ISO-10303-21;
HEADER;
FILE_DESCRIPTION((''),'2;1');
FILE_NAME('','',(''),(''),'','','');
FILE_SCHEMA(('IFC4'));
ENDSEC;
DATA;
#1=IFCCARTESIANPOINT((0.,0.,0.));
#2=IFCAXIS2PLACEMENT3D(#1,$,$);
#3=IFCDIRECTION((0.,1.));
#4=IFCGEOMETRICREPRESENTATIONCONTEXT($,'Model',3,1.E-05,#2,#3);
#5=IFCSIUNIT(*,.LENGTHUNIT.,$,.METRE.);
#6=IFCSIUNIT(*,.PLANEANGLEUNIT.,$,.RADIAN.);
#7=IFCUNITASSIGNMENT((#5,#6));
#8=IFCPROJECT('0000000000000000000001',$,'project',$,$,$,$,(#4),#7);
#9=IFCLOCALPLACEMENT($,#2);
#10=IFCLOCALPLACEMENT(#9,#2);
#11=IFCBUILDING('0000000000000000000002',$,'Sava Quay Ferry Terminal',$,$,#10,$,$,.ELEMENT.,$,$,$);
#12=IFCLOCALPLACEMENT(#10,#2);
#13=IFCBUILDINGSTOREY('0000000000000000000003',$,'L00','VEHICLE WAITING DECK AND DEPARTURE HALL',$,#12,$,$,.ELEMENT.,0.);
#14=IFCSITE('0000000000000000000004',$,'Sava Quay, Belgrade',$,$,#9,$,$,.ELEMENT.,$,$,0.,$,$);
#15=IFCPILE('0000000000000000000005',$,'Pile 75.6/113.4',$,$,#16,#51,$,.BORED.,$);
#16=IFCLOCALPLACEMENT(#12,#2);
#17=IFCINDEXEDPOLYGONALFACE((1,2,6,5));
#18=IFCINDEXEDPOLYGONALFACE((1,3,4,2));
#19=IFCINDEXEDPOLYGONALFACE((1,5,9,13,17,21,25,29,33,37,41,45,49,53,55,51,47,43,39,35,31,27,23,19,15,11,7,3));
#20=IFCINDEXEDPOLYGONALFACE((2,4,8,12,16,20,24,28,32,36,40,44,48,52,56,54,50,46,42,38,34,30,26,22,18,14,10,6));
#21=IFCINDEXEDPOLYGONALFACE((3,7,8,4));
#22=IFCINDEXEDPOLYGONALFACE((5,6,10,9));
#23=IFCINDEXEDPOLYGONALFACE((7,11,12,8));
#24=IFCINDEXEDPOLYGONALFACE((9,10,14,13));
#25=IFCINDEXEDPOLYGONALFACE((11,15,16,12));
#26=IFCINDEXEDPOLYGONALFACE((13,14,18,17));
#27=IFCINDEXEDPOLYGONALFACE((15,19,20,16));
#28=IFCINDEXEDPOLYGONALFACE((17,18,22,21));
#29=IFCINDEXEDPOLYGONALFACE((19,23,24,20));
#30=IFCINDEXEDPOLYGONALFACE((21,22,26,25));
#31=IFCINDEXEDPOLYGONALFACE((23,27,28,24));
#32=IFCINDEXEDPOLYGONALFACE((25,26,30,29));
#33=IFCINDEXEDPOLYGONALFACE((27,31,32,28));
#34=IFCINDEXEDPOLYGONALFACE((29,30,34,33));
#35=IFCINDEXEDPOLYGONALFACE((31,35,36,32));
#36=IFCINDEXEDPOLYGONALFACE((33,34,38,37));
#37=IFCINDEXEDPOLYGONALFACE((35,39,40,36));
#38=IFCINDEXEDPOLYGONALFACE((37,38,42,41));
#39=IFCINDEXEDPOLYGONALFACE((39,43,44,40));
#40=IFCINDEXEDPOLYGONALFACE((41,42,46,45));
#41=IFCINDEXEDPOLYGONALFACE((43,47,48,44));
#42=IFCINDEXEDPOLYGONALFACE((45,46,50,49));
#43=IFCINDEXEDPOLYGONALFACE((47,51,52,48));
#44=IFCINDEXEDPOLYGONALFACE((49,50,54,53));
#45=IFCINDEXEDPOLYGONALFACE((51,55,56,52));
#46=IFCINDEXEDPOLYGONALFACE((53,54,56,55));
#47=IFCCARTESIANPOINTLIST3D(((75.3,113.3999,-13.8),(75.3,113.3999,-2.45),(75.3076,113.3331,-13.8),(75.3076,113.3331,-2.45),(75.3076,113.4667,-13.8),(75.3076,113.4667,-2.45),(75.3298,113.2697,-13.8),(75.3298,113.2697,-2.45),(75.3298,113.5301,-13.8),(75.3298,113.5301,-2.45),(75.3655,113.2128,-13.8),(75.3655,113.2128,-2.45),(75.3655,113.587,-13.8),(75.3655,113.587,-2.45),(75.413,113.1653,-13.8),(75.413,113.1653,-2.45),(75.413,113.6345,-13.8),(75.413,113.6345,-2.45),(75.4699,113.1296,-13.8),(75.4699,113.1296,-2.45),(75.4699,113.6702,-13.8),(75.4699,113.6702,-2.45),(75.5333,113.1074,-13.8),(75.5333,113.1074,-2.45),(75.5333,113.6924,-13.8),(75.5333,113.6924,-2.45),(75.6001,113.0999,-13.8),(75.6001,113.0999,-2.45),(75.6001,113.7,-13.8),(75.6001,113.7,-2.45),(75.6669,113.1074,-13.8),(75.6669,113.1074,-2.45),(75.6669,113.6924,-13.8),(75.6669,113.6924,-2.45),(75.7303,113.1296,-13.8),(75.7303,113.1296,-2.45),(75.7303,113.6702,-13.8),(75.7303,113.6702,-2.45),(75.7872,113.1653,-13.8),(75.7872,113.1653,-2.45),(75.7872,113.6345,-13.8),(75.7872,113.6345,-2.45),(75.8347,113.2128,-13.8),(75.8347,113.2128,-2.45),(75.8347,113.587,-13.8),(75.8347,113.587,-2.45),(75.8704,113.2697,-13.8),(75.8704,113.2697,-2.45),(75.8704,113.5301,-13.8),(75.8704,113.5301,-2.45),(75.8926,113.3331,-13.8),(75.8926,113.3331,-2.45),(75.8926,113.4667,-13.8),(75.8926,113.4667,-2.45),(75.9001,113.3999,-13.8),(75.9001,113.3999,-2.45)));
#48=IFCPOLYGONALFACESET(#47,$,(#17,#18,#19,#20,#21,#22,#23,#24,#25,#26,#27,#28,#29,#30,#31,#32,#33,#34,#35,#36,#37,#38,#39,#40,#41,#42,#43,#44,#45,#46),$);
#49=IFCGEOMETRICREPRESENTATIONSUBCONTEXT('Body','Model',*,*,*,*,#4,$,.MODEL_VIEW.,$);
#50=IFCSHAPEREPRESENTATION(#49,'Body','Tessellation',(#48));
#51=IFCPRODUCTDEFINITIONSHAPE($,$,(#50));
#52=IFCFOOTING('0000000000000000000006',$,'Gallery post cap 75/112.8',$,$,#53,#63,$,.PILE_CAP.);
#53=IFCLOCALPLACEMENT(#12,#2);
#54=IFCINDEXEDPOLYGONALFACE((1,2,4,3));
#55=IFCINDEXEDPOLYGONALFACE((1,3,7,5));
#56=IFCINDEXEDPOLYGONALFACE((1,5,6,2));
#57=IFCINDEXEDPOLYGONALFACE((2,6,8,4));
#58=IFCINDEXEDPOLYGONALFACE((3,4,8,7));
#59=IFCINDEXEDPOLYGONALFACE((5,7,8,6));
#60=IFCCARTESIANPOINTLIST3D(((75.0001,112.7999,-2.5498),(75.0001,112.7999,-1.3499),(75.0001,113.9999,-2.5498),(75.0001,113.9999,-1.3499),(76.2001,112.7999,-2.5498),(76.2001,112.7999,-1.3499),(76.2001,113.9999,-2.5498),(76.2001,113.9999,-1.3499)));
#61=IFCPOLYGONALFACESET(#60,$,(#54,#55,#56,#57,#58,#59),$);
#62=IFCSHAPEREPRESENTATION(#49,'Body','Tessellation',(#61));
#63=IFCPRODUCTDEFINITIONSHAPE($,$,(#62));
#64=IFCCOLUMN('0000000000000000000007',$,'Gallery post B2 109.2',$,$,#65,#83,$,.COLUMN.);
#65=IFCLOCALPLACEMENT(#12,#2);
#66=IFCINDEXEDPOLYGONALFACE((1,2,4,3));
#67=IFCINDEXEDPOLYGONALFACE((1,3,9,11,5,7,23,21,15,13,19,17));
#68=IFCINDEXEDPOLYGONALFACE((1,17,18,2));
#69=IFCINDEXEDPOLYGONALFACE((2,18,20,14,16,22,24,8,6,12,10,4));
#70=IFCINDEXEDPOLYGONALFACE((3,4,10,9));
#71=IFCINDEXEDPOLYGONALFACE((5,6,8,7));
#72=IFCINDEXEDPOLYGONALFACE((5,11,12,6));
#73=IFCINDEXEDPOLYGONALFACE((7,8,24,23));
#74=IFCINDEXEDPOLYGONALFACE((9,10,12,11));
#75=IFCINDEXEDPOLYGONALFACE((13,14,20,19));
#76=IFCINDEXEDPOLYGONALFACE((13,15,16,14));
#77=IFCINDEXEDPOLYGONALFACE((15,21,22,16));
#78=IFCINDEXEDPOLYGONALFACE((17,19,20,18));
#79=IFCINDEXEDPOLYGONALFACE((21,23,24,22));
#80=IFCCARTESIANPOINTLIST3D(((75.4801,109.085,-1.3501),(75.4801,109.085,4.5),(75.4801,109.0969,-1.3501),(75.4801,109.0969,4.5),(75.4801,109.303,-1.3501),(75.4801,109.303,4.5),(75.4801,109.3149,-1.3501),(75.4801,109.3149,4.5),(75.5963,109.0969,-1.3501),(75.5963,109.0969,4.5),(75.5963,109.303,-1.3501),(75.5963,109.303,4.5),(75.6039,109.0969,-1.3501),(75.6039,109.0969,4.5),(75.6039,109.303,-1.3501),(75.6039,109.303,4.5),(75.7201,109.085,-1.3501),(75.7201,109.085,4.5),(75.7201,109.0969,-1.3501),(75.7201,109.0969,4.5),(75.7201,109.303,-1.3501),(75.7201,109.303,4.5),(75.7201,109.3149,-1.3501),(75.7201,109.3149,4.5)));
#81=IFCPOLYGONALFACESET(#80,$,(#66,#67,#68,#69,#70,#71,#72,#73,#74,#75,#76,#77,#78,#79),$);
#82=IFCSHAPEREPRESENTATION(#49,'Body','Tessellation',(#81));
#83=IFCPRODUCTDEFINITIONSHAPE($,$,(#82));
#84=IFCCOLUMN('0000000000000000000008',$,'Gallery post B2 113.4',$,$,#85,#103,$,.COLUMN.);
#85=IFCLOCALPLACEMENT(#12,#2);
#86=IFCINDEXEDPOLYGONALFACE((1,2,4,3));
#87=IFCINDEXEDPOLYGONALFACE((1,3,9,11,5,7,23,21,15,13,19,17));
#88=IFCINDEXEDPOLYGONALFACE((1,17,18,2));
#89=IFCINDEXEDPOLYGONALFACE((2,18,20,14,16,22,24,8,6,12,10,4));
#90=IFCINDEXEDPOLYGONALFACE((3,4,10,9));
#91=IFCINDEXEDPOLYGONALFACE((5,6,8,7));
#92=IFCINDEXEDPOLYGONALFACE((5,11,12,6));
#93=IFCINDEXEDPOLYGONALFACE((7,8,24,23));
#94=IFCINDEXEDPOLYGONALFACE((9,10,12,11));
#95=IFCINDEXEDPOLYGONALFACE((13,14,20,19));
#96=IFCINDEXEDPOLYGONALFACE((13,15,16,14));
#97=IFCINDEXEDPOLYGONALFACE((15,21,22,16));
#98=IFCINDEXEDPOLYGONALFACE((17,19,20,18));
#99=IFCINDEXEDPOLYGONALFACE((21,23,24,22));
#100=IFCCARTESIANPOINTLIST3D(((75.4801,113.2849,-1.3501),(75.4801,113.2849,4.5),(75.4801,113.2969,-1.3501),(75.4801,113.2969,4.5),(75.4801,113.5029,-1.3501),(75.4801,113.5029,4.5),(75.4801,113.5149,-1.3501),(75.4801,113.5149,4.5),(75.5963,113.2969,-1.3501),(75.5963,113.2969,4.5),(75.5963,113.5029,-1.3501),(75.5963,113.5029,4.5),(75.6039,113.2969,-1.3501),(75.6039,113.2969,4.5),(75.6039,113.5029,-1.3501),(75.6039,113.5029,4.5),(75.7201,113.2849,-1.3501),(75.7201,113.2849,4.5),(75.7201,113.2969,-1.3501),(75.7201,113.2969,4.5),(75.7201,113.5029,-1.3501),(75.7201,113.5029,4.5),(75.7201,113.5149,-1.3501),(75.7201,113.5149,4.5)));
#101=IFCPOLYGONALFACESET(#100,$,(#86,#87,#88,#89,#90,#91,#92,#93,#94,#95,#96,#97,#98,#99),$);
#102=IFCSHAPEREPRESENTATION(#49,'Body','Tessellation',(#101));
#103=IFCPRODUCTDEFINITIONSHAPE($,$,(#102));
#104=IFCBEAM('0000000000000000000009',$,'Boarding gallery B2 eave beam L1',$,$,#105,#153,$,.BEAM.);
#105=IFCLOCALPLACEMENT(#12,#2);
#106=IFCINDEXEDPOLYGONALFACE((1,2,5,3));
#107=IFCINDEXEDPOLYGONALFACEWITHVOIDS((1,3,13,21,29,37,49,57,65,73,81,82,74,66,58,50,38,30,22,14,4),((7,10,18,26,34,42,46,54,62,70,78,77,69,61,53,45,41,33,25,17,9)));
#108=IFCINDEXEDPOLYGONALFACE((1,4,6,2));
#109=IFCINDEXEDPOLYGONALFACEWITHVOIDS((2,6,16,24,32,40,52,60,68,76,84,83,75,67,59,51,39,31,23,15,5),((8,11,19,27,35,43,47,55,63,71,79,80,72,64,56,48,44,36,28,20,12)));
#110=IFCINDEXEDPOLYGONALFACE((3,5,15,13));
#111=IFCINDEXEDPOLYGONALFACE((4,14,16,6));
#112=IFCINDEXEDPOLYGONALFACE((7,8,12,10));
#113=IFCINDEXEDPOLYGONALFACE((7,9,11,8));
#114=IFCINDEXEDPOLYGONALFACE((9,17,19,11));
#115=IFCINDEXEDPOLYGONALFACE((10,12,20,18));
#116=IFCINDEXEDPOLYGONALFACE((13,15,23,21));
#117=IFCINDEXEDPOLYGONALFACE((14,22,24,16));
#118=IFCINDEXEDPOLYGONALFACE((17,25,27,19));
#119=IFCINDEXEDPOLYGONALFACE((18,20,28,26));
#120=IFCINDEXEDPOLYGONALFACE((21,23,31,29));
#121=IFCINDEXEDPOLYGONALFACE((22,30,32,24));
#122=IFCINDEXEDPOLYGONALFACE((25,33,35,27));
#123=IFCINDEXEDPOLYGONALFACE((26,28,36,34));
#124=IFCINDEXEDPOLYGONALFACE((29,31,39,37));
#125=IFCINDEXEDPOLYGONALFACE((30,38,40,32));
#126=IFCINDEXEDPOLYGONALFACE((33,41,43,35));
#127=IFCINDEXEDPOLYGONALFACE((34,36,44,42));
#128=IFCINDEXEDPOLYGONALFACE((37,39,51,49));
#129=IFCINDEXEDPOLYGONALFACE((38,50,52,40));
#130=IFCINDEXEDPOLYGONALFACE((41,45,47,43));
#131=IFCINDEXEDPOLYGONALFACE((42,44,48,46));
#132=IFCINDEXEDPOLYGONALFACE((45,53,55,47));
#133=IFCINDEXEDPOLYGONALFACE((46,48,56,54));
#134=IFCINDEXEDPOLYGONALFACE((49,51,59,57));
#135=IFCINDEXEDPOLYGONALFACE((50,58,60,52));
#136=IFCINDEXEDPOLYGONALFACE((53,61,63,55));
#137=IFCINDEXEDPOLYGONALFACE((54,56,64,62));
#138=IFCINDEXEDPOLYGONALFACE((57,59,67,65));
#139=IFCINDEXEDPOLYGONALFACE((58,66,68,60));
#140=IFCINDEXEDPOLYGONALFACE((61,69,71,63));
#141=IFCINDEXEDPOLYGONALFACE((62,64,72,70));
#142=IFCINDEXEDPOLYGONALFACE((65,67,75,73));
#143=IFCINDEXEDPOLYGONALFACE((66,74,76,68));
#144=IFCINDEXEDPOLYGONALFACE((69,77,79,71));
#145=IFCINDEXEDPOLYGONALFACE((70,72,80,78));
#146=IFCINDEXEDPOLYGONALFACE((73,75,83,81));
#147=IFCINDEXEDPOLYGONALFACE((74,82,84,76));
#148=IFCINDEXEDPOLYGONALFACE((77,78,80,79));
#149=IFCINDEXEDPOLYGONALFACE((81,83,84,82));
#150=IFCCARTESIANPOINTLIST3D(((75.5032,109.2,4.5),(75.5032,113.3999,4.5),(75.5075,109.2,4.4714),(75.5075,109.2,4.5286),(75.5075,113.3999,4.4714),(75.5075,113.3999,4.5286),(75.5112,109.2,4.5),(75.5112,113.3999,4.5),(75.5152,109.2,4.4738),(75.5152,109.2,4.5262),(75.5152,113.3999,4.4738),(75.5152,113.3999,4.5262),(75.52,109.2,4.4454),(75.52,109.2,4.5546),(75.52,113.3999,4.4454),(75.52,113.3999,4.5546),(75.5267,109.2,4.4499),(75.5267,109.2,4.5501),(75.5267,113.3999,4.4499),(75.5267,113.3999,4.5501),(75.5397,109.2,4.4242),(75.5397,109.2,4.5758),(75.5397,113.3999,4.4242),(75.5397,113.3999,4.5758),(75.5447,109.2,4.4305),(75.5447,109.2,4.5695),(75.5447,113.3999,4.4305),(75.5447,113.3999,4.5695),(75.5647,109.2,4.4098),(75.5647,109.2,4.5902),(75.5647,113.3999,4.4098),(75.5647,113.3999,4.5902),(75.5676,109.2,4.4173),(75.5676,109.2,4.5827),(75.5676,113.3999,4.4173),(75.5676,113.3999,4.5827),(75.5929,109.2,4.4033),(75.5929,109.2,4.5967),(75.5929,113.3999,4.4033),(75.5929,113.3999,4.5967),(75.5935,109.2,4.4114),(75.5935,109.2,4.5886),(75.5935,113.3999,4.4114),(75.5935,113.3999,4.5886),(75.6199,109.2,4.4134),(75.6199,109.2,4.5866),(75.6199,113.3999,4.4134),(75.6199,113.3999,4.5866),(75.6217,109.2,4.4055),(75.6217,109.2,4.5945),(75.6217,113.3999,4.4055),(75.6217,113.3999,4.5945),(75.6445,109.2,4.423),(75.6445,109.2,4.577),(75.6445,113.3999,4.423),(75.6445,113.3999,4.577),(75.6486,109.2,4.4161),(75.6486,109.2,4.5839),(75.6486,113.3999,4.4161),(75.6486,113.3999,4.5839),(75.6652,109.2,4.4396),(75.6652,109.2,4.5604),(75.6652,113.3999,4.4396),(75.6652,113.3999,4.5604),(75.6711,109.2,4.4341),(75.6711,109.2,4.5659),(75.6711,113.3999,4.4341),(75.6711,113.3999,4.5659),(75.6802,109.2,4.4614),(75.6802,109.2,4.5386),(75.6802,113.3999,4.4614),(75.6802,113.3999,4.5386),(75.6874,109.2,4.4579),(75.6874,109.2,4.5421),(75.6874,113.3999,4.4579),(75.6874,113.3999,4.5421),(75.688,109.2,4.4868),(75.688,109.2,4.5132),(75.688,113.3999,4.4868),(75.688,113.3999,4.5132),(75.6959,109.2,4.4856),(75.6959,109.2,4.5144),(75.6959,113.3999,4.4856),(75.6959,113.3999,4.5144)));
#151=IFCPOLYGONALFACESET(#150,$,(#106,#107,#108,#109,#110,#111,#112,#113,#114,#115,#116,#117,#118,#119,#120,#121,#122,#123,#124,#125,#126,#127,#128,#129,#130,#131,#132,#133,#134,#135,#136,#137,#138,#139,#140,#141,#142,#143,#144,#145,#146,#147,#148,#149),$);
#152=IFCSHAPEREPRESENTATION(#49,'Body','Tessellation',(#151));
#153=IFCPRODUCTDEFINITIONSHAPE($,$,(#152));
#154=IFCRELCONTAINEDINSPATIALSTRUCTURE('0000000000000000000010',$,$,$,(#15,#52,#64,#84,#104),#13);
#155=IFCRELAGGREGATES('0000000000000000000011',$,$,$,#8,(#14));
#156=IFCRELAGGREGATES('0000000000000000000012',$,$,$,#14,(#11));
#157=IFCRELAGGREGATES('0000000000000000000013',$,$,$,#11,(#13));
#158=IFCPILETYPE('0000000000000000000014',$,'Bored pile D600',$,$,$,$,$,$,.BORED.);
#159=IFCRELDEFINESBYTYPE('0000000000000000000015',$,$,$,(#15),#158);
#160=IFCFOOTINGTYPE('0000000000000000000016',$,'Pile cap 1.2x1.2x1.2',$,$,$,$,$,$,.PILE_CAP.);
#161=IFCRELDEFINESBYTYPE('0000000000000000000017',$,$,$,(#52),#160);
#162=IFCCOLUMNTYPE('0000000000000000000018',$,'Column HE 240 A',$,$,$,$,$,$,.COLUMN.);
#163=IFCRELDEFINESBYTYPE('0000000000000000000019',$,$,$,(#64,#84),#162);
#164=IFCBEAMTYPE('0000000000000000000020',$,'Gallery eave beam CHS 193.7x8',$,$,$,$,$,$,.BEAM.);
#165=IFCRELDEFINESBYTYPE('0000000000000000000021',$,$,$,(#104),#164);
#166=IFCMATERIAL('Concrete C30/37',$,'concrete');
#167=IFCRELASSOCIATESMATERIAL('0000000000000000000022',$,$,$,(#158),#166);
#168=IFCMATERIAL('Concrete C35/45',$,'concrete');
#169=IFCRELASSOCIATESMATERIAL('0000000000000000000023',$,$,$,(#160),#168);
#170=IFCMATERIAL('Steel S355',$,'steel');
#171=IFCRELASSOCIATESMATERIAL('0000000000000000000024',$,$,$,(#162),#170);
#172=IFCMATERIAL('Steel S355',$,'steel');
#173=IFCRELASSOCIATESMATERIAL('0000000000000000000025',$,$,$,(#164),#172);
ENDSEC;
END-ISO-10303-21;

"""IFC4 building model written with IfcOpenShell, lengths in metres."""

from ifc_helpers import new_model, si_unit, direction, frame, origin, origin_2d, place, context, subcontext, project, spatial, rectangle, circle, hollow_circle, i_section, extrude, material, material_profile, profile_set, type_object, element, save


model = new_model("IFC4")

# Units and contexts
model_context = context("Model", 3, precision=1e-05, world=origin(), true_north=direction((0.0, 1.0)))
body_context = subcontext(model_context, "Body", "Model", "MODEL_VIEW")
ifc_project = project(units=[si_unit("LENGTHUNIT", "METRE"), si_unit("PLANEANGLEUNIT", "RADIAN")], contexts=[model_context])

# Site, building, storey
site_placement = place(None, origin())
site = spatial("IfcSite", under=ifc_project, at=site_placement, Name="Sava Quay, Belgrade", CompositionType="ELEMENT", RefElevation=0.0)
building_placement = place(site_placement, origin())
building = spatial("IfcBuilding", under=site, at=building_placement, Name="Sava Quay Ferry Terminal", CompositionType="ELEMENT")
storey_placement = place(building_placement, origin())
storey = spatial("IfcBuildingStorey", under=building, at=storey_placement, Name="L00", Description="VEHICLE WAITING DECK AND DEPARTURE HALL", CompositionType="ELEMENT", Elevation=0.0)

# Pile
ifc_material_1 = material(Name="Concrete C30/37", Category="concrete")
ifc_material_profile_1 = material_profile(ifc_material_1, circle(Radius=0.3, at=origin_2d()), Name="Bored pile D600")
ifc_profile_set_1 = profile_set([ifc_material_profile_1], Name="Concrete C30/37")
pile_type = type_object("IfcPileType", Name="Bored pile D600", PredefinedType="BORED", material=ifc_profile_set_1)
pile_placement = place(storey_placement, frame((75.6001, 113.3999, -2.45), z_axis=(0.0, 0.0, -1.0), x_axis=(1.0, 0.0, 0.0)))
element("IfcPile", 1, at=pile_placement, inside=storey, type_object=pile_type, Name="Pile 75.6/113.4", PredefinedType="BORED", context=body_context, shape_type="SweptSolid", body=[
    extrude(circle(Radius=0.3, at=origin_2d()), origin(), (0.0, 0.0, 1.0), 11.3501),
])

# Footing
ifc_material_2 = material(Name="Concrete C35/45", Category="concrete")
footing_type = type_object("IfcFootingType", Name="Pile cap 1.2x1.2x1.2", PredefinedType="PILE_CAP", material=ifc_material_2)
footing_placement = place(storey_placement, frame((75.6001, 113.3999, -2.5498), z_axis=(0.0, 0.0, 1.0), x_axis=(1.0, 0.0, 0.0)))
element("IfcFooting", 2, at=footing_placement, inside=storey, type_object=footing_type, Name="Gallery post cap 75/112.8", PredefinedType="PILE_CAP", context=body_context, shape_type="SweptSolid", body=[
    extrude(rectangle(XDim=1.2, YDim=1.2, at=origin_2d()), origin(), (0.0, 0.0, 1.0), 1.2),
])

# Columns
ifc_material_3 = material(Name="Steel S355", Category="steel")
ifc_material_profile_2 = material_profile(ifc_material_3, i_section(OverallWidth=0.24, OverallDepth=0.23, WebThickness=0.0076, FlangeThickness=0.012, at=origin_2d()), Name="HE 240 A")
ifc_profile_set_2 = profile_set([ifc_material_profile_2], Name="Steel S355")
column_type = type_object("IfcColumnType", Name="Column HE 240 A", PredefinedType="COLUMN", material=ifc_profile_set_2)
for number, where, z_axis, x_axis, name in (
    (3, (75.6001, 109.2, -1.3501), (0.0, 0.0, 1.0), (1.0, 0.0, 0.0), "Gallery post B2 109.2"),
    (4, (75.6001, 113.3999, -1.3501), (0.0, 0.0, 1.0), (1.0, 0.0, 0.0), "Gallery post B2 113.4"),
):
    element("IfcColumn", number, at=place(storey_placement, frame(where, z_axis=z_axis, x_axis=x_axis)), inside=storey, type_object=column_type, Name=name, PredefinedType="COLUMN", context=body_context, shape_type="SweptSolid", body=[
        extrude(i_section(OverallWidth=0.24, OverallDepth=0.23, WebThickness=0.0076, FlangeThickness=0.012, at=origin_2d()), origin(), (0.0, 0.0, 1.0), 5.8501),
    ])

# Beam
ifc_material_4 = material(Name="Steel S355", Category="steel")
ifc_material_profile_3 = material_profile(ifc_material_4, hollow_circle(Radius=0.0969, WallThickness=0.0081, at=origin_2d()), Name="CHS 193.7 x 8.0")
ifc_profile_set_3 = profile_set([ifc_material_profile_3], Name="Steel S355")
beam_type_1 = type_object("IfcBeamType", Name="Gallery eave beam CHS 193.7x8", PredefinedType="BEAM", material=ifc_profile_set_3)
beam_1_placement = place(storey_placement, frame((75.6001, 109.2, 4.5), z_axis=(0.0, 1.0, 0.0), x_axis=(-1.0, 0.0, 0.0)))
element("IfcBeam", 5, at=beam_1_placement, inside=storey, type_object=beam_type_1, Name="Boarding gallery B2 eave beam L1", PredefinedType="BEAM", context=body_context, shape_type="SweptSolid", body=[
    extrude(hollow_circle(Radius=0.0969, WallThickness=0.0081, at=origin_2d()), origin(), (0.0, 0.0, 1.0), 4.2),
])

save(model, "model.ifc")
